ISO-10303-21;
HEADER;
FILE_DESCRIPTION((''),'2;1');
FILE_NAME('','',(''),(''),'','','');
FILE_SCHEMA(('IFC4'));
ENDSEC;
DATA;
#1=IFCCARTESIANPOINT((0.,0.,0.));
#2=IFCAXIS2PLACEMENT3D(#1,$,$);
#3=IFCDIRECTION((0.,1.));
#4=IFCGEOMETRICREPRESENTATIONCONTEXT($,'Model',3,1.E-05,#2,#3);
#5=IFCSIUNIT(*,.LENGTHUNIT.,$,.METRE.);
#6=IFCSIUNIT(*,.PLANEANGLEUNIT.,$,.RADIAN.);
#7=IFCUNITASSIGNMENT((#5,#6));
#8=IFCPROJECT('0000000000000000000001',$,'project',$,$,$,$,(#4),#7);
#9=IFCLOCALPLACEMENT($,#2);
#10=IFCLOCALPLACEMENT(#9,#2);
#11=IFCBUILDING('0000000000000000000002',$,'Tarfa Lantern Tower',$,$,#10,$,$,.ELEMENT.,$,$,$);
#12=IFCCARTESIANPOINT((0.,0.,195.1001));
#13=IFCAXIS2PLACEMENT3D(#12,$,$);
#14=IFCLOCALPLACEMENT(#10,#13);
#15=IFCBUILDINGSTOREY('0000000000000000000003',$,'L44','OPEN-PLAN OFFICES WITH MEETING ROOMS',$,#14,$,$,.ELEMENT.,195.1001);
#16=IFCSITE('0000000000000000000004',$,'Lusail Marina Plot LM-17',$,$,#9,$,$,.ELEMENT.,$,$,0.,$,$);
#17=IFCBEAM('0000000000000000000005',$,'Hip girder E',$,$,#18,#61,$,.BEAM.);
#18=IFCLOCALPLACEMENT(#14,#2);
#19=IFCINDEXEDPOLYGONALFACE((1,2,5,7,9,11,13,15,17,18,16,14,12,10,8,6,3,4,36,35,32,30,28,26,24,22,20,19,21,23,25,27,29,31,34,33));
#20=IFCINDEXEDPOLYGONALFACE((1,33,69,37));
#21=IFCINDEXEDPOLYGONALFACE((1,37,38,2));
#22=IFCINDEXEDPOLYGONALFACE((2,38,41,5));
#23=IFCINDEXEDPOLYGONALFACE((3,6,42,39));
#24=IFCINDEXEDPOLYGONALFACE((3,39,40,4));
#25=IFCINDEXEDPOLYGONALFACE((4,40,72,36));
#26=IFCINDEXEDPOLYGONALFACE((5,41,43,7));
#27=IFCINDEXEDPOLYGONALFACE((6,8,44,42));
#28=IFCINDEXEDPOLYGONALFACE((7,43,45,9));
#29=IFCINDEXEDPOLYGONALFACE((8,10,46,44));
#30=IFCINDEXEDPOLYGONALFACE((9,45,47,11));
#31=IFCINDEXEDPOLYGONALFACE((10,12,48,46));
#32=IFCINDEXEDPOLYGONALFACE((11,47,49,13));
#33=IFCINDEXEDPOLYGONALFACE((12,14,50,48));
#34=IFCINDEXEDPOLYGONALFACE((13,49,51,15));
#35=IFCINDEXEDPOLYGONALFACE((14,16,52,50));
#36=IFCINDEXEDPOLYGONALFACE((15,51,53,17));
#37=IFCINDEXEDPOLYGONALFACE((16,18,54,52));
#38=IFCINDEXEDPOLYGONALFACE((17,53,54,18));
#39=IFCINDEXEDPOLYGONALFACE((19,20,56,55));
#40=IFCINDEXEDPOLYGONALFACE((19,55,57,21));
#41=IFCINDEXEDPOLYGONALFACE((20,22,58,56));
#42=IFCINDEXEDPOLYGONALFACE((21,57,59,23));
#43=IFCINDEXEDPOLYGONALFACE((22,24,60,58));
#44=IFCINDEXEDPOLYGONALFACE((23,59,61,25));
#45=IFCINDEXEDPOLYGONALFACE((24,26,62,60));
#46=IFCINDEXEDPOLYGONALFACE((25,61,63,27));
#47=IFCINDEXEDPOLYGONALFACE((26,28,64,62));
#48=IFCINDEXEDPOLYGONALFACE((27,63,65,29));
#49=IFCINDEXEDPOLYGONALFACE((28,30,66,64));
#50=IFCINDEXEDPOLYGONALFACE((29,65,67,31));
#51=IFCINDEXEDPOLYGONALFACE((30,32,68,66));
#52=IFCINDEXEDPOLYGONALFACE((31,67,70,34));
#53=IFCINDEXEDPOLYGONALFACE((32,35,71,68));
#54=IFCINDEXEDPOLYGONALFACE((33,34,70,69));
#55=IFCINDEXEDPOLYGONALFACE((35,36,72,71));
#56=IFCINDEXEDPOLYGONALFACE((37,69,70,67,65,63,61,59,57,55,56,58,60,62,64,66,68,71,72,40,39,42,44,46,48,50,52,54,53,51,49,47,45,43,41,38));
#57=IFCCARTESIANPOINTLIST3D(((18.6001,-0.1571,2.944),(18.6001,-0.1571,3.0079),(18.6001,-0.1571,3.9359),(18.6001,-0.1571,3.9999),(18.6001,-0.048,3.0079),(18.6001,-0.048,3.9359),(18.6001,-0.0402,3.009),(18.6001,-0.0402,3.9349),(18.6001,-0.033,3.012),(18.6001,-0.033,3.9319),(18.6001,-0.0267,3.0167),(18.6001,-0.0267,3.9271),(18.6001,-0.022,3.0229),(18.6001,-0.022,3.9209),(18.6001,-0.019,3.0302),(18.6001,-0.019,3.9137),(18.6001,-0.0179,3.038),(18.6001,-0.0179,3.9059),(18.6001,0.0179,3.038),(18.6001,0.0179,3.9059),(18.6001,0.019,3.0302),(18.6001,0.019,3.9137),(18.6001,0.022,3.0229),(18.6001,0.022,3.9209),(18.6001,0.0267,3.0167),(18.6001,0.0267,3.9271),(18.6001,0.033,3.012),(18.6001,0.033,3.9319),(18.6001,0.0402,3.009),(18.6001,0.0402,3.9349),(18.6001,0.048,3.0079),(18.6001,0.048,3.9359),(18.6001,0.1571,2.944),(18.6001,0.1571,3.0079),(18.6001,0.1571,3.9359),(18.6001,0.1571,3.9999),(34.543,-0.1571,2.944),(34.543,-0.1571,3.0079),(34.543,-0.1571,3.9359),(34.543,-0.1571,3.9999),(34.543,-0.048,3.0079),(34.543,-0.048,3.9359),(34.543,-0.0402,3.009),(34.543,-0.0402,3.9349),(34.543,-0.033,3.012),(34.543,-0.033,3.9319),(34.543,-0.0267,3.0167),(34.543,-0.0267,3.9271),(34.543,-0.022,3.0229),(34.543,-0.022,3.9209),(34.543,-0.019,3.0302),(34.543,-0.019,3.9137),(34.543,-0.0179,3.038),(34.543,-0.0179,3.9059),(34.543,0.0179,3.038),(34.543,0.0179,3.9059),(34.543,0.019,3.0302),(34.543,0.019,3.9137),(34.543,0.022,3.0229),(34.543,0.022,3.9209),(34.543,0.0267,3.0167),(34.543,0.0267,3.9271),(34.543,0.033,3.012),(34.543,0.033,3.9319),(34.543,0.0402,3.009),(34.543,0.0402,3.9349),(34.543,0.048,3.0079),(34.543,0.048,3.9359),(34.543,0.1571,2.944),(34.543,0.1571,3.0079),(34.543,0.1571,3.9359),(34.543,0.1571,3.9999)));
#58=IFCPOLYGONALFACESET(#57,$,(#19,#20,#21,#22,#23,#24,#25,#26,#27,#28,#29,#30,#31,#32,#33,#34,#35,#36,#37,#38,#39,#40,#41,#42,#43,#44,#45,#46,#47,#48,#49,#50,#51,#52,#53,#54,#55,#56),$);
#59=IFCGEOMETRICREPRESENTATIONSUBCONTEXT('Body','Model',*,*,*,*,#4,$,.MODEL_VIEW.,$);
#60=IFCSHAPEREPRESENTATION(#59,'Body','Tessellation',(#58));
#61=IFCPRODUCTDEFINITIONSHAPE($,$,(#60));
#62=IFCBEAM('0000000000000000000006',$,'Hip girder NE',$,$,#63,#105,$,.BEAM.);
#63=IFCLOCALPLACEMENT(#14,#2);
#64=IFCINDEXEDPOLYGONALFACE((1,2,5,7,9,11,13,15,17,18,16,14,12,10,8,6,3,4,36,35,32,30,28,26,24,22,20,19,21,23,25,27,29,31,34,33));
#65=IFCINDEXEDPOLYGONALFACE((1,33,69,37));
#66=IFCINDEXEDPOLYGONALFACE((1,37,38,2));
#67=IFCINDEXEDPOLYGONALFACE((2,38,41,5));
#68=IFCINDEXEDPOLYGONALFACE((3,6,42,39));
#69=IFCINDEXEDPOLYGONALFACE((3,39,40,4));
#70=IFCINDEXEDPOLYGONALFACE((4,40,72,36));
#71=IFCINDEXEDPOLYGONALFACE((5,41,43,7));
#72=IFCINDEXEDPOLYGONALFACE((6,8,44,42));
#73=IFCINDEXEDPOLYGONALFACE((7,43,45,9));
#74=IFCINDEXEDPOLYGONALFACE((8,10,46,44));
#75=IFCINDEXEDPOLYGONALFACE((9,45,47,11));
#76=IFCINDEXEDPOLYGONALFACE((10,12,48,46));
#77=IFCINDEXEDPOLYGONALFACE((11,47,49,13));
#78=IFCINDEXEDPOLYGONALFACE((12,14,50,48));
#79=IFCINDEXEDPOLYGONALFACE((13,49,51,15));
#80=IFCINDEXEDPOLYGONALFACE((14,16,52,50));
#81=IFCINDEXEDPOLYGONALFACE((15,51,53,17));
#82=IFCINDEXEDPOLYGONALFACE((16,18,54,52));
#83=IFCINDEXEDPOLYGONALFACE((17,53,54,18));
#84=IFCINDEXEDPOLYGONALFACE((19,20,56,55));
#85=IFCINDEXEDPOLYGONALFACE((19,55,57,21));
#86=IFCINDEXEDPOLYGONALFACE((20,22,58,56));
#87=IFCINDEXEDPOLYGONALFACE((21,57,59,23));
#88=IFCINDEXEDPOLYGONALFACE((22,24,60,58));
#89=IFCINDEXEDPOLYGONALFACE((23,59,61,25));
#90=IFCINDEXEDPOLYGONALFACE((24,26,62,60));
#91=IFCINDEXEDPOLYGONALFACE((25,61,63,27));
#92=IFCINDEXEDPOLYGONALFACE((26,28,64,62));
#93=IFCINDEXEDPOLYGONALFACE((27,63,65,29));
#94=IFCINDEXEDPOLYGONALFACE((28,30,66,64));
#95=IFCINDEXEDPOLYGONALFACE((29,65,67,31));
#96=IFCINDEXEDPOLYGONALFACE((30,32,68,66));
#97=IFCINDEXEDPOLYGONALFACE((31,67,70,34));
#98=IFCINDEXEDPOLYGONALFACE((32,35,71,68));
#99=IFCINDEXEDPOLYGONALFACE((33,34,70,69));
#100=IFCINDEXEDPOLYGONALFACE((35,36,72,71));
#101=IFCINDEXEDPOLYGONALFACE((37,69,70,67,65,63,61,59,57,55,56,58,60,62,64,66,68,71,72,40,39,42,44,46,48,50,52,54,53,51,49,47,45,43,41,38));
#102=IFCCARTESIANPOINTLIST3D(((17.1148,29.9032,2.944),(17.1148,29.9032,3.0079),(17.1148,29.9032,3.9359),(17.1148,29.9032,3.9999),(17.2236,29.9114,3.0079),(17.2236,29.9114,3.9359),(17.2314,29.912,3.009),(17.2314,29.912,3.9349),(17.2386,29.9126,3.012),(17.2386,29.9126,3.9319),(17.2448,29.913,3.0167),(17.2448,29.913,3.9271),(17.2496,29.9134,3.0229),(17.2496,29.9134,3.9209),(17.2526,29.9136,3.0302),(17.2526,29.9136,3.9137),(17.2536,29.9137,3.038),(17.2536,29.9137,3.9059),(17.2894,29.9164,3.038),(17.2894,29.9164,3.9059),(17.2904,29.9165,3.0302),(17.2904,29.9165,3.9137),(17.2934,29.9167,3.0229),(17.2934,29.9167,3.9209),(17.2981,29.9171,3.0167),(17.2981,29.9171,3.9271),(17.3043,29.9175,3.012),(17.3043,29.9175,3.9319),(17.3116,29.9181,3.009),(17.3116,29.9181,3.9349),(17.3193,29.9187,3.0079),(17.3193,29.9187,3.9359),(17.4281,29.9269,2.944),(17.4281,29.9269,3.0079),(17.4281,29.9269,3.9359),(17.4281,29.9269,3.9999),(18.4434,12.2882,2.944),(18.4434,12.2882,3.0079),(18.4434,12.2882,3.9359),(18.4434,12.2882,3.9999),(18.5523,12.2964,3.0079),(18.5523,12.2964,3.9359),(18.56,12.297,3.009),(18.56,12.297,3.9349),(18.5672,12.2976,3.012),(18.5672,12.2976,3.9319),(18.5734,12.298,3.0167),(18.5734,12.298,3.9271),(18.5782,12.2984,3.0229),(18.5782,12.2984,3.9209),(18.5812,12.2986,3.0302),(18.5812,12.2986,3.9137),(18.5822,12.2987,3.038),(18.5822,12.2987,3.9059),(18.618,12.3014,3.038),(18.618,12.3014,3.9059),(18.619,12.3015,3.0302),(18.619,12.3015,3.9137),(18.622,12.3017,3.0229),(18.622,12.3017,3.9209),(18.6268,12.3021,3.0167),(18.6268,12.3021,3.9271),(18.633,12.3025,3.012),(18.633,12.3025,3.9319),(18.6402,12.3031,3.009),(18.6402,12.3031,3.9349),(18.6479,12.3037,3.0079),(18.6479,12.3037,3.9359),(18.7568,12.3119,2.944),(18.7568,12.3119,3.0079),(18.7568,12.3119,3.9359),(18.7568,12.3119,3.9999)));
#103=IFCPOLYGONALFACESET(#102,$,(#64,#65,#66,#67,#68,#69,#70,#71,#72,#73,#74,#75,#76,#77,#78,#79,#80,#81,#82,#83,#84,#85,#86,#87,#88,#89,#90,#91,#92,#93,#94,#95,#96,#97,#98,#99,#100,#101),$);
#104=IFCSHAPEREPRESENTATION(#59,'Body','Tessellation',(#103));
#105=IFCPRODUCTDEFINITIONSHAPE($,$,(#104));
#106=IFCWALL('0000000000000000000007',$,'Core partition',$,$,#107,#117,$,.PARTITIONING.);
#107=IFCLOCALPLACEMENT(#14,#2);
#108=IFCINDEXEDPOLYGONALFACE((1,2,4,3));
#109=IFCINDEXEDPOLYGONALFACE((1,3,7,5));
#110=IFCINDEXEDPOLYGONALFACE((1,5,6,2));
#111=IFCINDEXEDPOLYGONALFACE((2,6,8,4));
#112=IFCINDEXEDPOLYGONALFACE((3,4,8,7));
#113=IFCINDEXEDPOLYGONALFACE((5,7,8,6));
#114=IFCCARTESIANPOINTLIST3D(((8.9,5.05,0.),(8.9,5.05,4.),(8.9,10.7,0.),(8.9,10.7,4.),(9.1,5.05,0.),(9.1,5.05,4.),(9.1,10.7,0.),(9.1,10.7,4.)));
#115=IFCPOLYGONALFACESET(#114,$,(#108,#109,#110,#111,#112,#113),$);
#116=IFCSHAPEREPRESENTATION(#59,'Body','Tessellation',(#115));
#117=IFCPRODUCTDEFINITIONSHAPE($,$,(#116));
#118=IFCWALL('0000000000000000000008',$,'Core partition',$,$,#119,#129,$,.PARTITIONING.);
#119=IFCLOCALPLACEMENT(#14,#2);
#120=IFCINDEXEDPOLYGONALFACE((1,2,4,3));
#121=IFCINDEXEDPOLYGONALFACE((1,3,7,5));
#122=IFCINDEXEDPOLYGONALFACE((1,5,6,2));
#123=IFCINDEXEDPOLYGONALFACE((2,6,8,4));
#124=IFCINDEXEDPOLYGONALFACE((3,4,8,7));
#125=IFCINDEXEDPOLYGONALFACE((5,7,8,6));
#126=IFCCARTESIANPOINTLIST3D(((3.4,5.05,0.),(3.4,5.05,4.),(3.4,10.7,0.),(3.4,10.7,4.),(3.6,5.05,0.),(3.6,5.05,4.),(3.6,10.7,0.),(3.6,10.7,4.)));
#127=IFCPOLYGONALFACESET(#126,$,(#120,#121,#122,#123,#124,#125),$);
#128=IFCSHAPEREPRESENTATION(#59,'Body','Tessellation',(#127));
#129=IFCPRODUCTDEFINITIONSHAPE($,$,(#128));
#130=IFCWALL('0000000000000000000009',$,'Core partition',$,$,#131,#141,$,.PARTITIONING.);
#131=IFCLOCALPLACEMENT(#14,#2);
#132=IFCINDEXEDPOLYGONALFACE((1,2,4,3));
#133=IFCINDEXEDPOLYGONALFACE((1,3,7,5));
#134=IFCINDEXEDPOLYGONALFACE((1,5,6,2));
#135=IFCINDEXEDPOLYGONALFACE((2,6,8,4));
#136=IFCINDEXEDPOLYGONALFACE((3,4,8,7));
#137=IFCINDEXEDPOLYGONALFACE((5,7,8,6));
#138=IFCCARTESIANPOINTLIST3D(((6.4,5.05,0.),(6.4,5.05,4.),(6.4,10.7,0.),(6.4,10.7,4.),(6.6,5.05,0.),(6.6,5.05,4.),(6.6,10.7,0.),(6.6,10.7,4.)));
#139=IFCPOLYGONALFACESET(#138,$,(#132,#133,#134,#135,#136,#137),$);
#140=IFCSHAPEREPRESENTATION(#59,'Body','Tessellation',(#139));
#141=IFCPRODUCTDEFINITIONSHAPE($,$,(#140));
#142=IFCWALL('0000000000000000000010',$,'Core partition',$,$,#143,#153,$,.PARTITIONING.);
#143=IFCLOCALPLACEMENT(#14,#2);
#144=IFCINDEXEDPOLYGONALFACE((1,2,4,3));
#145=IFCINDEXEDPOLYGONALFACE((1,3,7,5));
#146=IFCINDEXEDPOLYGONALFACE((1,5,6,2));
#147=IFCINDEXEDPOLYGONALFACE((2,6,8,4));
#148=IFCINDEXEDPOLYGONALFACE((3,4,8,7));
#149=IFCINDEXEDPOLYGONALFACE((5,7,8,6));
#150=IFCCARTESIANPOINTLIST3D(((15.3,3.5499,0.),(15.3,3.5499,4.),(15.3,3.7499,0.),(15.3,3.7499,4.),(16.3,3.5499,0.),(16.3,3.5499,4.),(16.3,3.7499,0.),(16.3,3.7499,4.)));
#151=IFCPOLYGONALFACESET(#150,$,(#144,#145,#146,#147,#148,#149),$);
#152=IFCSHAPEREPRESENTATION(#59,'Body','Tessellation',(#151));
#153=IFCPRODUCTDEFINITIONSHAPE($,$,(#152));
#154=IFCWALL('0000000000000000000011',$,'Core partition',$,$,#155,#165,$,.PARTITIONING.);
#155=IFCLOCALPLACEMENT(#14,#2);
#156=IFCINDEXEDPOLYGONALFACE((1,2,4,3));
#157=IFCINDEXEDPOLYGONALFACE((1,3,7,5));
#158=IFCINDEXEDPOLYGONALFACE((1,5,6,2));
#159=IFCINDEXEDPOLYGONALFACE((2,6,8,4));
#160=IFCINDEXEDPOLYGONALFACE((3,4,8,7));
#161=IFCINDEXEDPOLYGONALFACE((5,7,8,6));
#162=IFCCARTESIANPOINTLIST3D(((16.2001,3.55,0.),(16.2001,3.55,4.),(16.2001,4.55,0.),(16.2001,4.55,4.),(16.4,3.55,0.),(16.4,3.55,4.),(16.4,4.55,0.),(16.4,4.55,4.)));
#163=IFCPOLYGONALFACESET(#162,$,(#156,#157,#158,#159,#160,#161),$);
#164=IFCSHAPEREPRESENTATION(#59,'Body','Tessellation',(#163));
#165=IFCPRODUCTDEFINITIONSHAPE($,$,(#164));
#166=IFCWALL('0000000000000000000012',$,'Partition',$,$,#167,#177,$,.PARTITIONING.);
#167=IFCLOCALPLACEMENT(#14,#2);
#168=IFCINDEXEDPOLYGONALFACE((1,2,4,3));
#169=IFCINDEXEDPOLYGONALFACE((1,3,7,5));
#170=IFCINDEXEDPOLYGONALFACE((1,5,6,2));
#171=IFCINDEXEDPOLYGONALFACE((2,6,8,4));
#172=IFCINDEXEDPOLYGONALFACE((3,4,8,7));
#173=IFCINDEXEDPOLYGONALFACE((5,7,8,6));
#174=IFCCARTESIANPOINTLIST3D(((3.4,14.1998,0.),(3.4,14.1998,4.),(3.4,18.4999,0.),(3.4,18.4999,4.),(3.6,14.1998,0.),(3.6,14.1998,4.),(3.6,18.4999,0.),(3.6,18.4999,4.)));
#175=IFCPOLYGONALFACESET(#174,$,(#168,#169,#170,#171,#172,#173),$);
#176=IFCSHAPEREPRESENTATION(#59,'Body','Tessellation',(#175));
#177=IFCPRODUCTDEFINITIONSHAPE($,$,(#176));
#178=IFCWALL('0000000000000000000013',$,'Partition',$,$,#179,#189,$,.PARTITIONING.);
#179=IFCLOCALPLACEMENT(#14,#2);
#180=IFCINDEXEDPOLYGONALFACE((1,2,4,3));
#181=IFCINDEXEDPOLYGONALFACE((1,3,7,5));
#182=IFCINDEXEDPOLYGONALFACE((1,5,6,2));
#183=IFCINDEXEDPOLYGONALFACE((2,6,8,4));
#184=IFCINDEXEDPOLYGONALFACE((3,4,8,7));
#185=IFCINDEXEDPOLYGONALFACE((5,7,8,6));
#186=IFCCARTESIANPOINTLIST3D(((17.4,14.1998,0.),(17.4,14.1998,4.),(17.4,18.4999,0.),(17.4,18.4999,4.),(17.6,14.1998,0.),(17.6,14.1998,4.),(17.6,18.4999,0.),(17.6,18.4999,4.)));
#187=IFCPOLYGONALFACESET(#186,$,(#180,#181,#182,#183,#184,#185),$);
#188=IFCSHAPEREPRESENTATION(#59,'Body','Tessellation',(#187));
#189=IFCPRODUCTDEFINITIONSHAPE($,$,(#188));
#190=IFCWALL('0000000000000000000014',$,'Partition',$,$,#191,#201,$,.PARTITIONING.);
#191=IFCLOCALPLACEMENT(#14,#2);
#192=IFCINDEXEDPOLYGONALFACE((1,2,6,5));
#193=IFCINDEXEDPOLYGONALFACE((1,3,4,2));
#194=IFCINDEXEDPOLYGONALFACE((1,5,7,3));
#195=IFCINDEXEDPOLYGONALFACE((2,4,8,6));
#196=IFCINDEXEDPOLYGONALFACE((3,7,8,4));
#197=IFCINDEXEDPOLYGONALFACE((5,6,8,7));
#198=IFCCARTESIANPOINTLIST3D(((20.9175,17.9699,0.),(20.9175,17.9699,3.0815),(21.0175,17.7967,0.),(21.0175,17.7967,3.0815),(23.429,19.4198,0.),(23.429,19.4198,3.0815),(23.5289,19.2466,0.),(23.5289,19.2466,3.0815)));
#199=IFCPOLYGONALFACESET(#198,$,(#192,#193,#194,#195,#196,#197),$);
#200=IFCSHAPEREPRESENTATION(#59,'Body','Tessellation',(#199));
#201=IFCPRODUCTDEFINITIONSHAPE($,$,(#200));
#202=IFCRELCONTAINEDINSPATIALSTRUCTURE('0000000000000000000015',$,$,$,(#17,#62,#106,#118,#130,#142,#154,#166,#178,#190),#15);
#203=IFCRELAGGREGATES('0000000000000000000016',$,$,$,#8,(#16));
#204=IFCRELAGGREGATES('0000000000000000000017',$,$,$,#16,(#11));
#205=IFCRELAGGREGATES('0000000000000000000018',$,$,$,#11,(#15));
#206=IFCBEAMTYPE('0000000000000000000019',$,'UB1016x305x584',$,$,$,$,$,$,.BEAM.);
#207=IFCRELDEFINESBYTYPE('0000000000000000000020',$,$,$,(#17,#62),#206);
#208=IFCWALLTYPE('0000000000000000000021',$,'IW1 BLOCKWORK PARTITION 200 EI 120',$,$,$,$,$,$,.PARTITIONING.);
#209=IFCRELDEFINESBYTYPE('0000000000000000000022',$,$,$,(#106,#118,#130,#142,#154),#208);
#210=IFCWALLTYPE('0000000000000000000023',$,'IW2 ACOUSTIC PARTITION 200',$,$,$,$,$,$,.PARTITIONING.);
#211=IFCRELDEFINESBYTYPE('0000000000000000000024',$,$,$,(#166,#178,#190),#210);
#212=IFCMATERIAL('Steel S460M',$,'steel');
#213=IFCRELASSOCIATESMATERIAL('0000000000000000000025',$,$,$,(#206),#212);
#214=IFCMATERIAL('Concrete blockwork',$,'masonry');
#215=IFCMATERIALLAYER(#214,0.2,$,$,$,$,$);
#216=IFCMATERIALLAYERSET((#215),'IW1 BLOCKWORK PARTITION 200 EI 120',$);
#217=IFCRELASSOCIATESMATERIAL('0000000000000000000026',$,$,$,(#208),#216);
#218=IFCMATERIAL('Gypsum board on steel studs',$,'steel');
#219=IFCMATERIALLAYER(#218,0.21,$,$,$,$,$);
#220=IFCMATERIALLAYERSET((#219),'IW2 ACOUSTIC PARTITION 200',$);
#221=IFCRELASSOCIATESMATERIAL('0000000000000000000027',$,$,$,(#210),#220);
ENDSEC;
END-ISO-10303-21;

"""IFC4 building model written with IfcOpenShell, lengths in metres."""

from ifc_helpers import new_model, si_unit, direction, frame, frame_2d, origin, origin_2d, place, context, subcontext, project, spatial, rectangle, i_section, extrude, material, layer, layer_set, material_profile, profile_set, type_object, element, save


model = new_model("IFC4")

# Units and contexts
model_context = context("Model", 3, precision=1e-05, world=origin(), true_north=direction((0.0, 1.0)))
body_context = subcontext(model_context, "Body", "Model", "MODEL_VIEW")
ifc_project = project(units=[si_unit("LENGTHUNIT", "METRE"), si_unit("PLANEANGLEUNIT", "RADIAN")], contexts=[model_context])

# Site, building, storey
site_placement = place(None, origin())
site = spatial("IfcSite", under=ifc_project, at=site_placement, Name="Lusail Marina Plot LM-17", CompositionType="ELEMENT", RefElevation=0.0)
building_placement = place(site_placement, origin())
building = spatial("IfcBuilding", under=site, at=building_placement, Name="Tarfa Lantern Tower", CompositionType="ELEMENT")
storey_placement = place(building_placement, frame((0.0, 0.0, 195.1001)))
storey = spatial("IfcBuildingStorey", under=building, at=storey_placement, Name="L44", Description="OPEN-PLAN OFFICES WITH MEETING ROOMS", CompositionType="ELEMENT", Elevation=195.1001)

# Beams
ifc_material_1 = material(Name="Steel S460M", Category="steel")
ifc_material_profile = material_profile(ifc_material_1, i_section(OverallWidth=0.3142, OverallDepth=1.0559, WebThickness=0.0359, FlangeThickness=0.064, FilletRadius=0.03, at=origin_2d()), Name="UB1016x305x584")
ifc_profile_set = profile_set([ifc_material_profile], Name="Steel S460M")
beam_type = type_object("IfcBeamType", Name="UB1016x305x584", PredefinedType="BEAM", material=ifc_profile_set)
beam_1_placement = place(storey_placement, frame((18.6001, 0.0, 3.4719), z_axis=(1.0, 0.0, 0.0), x_axis=(0.0, 1.0, 0.0)))
element("IfcBeam", 1, at=beam_1_placement, inside=storey, type_object=beam_type, Name="Hip girder E", PredefinedType="BEAM", context=body_context, shape_type="SweptSolid", body=[
    extrude(i_section(OverallWidth=0.3142, OverallDepth=1.0559, WebThickness=0.0359, FlangeThickness=0.064, FilletRadius=0.03, at=origin_2d()), origin(), (0.0, 0.0, 1.0), 15.9429),
])
beam_2_placement = place(storey_placement, frame((18.6001, 12.3, 3.4719), z_axis=(-0.075212, 0.997168, 0.0), x_axis=(-0.997168, -0.075212, 0.0)))
element("IfcBeam", 2, at=beam_2_placement, inside=storey, type_object=beam_type, Name="Hip girder NE", PredefinedType="BEAM", context=body_context, shape_type="SweptSolid", body=[
    extrude(i_section(OverallWidth=0.3142, OverallDepth=1.0559, WebThickness=0.0359, FlangeThickness=0.064, FilletRadius=0.03, at=origin_2d()), origin(), (0.0, 0.0, 1.0), 17.665),
])

# Walls
ifc_material_2 = material(Name="Concrete blockwork", Category="masonry")
ifc_layer_1 = layer(ifc_material_2, 0.2)
ifc_layer_set_1 = layer_set([ifc_layer_1], Name="IW1 BLOCKWORK PARTITION 200 EI 120")
wall_type_1 = type_object("IfcWallType", Name="IW1 BLOCKWORK PARTITION 200 EI 120", PredefinedType="PARTITIONING", material=ifc_layer_set_1)
for number, where, z_axis, x_axis, name in (
    (3, (9.0, 5.05, 0.0), (0.0, 0.0, 1.0), (0.0, 1.0, 0.0), "Core partition"),
    (4, (3.5, 5.05, 0.0), (0.0, 0.0, 1.0), (0.0, 1.0, 0.0), "Core partition"),
    (5, (6.5, 5.05, 0.0), (0.0, 0.0, 1.0), (0.0, 1.0, 0.0), "Core partition"),
):
    element("IfcWall", number, at=place(storey_placement, frame(where, z_axis=z_axis, x_axis=x_axis)), inside=storey, type_object=wall_type_1, Name=name, PredefinedType="PARTITIONING", context=body_context, shape_type="SweptSolid", body=[
        extrude(rectangle(XDim=5.6499, YDim=0.2, at=frame_2d((2.825, 0.0))), origin(), (0.0, 0.0, 1.0), 4.0),
    ])
for number, where, z_axis, x_axis, name in (
    (6, (15.3, 3.6499, 0.0), (0.0, 0.0, 1.0), (1.0, 0.0, 0.0), "Core partition"),
    (7, (16.3, 3.55, 0.0), (0.0, 0.0, 1.0), (0.0, 1.0, 0.0), "Core partition"),
):
    element("IfcWall", number, at=place(storey_placement, frame(where, z_axis=z_axis, x_axis=x_axis)), inside=storey, type_object=wall_type_1, Name=name, PredefinedType="PARTITIONING", context=body_context, shape_type="SweptSolid", body=[
        extrude(rectangle(XDim=1.0, YDim=0.2, at=frame_2d((0.5, 0.0))), origin(), (0.0, 0.0, 1.0), 4.0),
    ])
ifc_material_3 = material(Name="Gypsum board on steel studs", Category="steel")
ifc_layer_2 = layer(ifc_material_3, 0.21)
ifc_layer_set_2 = layer_set([ifc_layer_2], Name="IW2 ACOUSTIC PARTITION 200")
wall_type_2 = type_object("IfcWallType", Name="IW2 ACOUSTIC PARTITION 200", PredefinedType="PARTITIONING", material=ifc_layer_set_2)
for number, where, z_axis, x_axis, name in (
    (8, (3.5, 14.2, 0.0), (0.0, 0.0, 1.0), (0.0, 1.0, 0.0), "Partition"),
    (9, (17.5, 14.2, 0.0), (0.0, 0.0, 1.0), (0.0, 1.0, 0.0), "Partition"),
):
    element("IfcWall", number, at=place(storey_placement, frame(where, z_axis=z_axis, x_axis=x_axis)), inside=storey, type_object=wall_type_2, Name=name, PredefinedType="PARTITIONING", context=body_context, shape_type="SweptSolid", body=[
        extrude(rectangle(XDim=4.3, YDim=0.2, at=frame_2d((2.1499, 0.0))), origin(), (0.0, 0.0, 1.0), 4.0),
    ])
wall_1_placement = place(storey_placement, frame((20.9675, 17.8833, 0.0), z_axis=(0.0, 0.0, 1.0), x_axis=(0.866033, 0.499987, 0.0)))
element("IfcWall", 10, at=wall_1_placement, inside=storey, type_object=wall_type_2, Name="Partition", PredefinedType="PARTITIONING", context=body_context, shape_type="SweptSolid", body=[
    extrude(rectangle(XDim=2.8999, YDim=0.2, at=frame_2d((1.45, 0.0))), origin(), (0.0, 0.0, 1.0), 3.0815),
])

save(model, "model.ifc")
